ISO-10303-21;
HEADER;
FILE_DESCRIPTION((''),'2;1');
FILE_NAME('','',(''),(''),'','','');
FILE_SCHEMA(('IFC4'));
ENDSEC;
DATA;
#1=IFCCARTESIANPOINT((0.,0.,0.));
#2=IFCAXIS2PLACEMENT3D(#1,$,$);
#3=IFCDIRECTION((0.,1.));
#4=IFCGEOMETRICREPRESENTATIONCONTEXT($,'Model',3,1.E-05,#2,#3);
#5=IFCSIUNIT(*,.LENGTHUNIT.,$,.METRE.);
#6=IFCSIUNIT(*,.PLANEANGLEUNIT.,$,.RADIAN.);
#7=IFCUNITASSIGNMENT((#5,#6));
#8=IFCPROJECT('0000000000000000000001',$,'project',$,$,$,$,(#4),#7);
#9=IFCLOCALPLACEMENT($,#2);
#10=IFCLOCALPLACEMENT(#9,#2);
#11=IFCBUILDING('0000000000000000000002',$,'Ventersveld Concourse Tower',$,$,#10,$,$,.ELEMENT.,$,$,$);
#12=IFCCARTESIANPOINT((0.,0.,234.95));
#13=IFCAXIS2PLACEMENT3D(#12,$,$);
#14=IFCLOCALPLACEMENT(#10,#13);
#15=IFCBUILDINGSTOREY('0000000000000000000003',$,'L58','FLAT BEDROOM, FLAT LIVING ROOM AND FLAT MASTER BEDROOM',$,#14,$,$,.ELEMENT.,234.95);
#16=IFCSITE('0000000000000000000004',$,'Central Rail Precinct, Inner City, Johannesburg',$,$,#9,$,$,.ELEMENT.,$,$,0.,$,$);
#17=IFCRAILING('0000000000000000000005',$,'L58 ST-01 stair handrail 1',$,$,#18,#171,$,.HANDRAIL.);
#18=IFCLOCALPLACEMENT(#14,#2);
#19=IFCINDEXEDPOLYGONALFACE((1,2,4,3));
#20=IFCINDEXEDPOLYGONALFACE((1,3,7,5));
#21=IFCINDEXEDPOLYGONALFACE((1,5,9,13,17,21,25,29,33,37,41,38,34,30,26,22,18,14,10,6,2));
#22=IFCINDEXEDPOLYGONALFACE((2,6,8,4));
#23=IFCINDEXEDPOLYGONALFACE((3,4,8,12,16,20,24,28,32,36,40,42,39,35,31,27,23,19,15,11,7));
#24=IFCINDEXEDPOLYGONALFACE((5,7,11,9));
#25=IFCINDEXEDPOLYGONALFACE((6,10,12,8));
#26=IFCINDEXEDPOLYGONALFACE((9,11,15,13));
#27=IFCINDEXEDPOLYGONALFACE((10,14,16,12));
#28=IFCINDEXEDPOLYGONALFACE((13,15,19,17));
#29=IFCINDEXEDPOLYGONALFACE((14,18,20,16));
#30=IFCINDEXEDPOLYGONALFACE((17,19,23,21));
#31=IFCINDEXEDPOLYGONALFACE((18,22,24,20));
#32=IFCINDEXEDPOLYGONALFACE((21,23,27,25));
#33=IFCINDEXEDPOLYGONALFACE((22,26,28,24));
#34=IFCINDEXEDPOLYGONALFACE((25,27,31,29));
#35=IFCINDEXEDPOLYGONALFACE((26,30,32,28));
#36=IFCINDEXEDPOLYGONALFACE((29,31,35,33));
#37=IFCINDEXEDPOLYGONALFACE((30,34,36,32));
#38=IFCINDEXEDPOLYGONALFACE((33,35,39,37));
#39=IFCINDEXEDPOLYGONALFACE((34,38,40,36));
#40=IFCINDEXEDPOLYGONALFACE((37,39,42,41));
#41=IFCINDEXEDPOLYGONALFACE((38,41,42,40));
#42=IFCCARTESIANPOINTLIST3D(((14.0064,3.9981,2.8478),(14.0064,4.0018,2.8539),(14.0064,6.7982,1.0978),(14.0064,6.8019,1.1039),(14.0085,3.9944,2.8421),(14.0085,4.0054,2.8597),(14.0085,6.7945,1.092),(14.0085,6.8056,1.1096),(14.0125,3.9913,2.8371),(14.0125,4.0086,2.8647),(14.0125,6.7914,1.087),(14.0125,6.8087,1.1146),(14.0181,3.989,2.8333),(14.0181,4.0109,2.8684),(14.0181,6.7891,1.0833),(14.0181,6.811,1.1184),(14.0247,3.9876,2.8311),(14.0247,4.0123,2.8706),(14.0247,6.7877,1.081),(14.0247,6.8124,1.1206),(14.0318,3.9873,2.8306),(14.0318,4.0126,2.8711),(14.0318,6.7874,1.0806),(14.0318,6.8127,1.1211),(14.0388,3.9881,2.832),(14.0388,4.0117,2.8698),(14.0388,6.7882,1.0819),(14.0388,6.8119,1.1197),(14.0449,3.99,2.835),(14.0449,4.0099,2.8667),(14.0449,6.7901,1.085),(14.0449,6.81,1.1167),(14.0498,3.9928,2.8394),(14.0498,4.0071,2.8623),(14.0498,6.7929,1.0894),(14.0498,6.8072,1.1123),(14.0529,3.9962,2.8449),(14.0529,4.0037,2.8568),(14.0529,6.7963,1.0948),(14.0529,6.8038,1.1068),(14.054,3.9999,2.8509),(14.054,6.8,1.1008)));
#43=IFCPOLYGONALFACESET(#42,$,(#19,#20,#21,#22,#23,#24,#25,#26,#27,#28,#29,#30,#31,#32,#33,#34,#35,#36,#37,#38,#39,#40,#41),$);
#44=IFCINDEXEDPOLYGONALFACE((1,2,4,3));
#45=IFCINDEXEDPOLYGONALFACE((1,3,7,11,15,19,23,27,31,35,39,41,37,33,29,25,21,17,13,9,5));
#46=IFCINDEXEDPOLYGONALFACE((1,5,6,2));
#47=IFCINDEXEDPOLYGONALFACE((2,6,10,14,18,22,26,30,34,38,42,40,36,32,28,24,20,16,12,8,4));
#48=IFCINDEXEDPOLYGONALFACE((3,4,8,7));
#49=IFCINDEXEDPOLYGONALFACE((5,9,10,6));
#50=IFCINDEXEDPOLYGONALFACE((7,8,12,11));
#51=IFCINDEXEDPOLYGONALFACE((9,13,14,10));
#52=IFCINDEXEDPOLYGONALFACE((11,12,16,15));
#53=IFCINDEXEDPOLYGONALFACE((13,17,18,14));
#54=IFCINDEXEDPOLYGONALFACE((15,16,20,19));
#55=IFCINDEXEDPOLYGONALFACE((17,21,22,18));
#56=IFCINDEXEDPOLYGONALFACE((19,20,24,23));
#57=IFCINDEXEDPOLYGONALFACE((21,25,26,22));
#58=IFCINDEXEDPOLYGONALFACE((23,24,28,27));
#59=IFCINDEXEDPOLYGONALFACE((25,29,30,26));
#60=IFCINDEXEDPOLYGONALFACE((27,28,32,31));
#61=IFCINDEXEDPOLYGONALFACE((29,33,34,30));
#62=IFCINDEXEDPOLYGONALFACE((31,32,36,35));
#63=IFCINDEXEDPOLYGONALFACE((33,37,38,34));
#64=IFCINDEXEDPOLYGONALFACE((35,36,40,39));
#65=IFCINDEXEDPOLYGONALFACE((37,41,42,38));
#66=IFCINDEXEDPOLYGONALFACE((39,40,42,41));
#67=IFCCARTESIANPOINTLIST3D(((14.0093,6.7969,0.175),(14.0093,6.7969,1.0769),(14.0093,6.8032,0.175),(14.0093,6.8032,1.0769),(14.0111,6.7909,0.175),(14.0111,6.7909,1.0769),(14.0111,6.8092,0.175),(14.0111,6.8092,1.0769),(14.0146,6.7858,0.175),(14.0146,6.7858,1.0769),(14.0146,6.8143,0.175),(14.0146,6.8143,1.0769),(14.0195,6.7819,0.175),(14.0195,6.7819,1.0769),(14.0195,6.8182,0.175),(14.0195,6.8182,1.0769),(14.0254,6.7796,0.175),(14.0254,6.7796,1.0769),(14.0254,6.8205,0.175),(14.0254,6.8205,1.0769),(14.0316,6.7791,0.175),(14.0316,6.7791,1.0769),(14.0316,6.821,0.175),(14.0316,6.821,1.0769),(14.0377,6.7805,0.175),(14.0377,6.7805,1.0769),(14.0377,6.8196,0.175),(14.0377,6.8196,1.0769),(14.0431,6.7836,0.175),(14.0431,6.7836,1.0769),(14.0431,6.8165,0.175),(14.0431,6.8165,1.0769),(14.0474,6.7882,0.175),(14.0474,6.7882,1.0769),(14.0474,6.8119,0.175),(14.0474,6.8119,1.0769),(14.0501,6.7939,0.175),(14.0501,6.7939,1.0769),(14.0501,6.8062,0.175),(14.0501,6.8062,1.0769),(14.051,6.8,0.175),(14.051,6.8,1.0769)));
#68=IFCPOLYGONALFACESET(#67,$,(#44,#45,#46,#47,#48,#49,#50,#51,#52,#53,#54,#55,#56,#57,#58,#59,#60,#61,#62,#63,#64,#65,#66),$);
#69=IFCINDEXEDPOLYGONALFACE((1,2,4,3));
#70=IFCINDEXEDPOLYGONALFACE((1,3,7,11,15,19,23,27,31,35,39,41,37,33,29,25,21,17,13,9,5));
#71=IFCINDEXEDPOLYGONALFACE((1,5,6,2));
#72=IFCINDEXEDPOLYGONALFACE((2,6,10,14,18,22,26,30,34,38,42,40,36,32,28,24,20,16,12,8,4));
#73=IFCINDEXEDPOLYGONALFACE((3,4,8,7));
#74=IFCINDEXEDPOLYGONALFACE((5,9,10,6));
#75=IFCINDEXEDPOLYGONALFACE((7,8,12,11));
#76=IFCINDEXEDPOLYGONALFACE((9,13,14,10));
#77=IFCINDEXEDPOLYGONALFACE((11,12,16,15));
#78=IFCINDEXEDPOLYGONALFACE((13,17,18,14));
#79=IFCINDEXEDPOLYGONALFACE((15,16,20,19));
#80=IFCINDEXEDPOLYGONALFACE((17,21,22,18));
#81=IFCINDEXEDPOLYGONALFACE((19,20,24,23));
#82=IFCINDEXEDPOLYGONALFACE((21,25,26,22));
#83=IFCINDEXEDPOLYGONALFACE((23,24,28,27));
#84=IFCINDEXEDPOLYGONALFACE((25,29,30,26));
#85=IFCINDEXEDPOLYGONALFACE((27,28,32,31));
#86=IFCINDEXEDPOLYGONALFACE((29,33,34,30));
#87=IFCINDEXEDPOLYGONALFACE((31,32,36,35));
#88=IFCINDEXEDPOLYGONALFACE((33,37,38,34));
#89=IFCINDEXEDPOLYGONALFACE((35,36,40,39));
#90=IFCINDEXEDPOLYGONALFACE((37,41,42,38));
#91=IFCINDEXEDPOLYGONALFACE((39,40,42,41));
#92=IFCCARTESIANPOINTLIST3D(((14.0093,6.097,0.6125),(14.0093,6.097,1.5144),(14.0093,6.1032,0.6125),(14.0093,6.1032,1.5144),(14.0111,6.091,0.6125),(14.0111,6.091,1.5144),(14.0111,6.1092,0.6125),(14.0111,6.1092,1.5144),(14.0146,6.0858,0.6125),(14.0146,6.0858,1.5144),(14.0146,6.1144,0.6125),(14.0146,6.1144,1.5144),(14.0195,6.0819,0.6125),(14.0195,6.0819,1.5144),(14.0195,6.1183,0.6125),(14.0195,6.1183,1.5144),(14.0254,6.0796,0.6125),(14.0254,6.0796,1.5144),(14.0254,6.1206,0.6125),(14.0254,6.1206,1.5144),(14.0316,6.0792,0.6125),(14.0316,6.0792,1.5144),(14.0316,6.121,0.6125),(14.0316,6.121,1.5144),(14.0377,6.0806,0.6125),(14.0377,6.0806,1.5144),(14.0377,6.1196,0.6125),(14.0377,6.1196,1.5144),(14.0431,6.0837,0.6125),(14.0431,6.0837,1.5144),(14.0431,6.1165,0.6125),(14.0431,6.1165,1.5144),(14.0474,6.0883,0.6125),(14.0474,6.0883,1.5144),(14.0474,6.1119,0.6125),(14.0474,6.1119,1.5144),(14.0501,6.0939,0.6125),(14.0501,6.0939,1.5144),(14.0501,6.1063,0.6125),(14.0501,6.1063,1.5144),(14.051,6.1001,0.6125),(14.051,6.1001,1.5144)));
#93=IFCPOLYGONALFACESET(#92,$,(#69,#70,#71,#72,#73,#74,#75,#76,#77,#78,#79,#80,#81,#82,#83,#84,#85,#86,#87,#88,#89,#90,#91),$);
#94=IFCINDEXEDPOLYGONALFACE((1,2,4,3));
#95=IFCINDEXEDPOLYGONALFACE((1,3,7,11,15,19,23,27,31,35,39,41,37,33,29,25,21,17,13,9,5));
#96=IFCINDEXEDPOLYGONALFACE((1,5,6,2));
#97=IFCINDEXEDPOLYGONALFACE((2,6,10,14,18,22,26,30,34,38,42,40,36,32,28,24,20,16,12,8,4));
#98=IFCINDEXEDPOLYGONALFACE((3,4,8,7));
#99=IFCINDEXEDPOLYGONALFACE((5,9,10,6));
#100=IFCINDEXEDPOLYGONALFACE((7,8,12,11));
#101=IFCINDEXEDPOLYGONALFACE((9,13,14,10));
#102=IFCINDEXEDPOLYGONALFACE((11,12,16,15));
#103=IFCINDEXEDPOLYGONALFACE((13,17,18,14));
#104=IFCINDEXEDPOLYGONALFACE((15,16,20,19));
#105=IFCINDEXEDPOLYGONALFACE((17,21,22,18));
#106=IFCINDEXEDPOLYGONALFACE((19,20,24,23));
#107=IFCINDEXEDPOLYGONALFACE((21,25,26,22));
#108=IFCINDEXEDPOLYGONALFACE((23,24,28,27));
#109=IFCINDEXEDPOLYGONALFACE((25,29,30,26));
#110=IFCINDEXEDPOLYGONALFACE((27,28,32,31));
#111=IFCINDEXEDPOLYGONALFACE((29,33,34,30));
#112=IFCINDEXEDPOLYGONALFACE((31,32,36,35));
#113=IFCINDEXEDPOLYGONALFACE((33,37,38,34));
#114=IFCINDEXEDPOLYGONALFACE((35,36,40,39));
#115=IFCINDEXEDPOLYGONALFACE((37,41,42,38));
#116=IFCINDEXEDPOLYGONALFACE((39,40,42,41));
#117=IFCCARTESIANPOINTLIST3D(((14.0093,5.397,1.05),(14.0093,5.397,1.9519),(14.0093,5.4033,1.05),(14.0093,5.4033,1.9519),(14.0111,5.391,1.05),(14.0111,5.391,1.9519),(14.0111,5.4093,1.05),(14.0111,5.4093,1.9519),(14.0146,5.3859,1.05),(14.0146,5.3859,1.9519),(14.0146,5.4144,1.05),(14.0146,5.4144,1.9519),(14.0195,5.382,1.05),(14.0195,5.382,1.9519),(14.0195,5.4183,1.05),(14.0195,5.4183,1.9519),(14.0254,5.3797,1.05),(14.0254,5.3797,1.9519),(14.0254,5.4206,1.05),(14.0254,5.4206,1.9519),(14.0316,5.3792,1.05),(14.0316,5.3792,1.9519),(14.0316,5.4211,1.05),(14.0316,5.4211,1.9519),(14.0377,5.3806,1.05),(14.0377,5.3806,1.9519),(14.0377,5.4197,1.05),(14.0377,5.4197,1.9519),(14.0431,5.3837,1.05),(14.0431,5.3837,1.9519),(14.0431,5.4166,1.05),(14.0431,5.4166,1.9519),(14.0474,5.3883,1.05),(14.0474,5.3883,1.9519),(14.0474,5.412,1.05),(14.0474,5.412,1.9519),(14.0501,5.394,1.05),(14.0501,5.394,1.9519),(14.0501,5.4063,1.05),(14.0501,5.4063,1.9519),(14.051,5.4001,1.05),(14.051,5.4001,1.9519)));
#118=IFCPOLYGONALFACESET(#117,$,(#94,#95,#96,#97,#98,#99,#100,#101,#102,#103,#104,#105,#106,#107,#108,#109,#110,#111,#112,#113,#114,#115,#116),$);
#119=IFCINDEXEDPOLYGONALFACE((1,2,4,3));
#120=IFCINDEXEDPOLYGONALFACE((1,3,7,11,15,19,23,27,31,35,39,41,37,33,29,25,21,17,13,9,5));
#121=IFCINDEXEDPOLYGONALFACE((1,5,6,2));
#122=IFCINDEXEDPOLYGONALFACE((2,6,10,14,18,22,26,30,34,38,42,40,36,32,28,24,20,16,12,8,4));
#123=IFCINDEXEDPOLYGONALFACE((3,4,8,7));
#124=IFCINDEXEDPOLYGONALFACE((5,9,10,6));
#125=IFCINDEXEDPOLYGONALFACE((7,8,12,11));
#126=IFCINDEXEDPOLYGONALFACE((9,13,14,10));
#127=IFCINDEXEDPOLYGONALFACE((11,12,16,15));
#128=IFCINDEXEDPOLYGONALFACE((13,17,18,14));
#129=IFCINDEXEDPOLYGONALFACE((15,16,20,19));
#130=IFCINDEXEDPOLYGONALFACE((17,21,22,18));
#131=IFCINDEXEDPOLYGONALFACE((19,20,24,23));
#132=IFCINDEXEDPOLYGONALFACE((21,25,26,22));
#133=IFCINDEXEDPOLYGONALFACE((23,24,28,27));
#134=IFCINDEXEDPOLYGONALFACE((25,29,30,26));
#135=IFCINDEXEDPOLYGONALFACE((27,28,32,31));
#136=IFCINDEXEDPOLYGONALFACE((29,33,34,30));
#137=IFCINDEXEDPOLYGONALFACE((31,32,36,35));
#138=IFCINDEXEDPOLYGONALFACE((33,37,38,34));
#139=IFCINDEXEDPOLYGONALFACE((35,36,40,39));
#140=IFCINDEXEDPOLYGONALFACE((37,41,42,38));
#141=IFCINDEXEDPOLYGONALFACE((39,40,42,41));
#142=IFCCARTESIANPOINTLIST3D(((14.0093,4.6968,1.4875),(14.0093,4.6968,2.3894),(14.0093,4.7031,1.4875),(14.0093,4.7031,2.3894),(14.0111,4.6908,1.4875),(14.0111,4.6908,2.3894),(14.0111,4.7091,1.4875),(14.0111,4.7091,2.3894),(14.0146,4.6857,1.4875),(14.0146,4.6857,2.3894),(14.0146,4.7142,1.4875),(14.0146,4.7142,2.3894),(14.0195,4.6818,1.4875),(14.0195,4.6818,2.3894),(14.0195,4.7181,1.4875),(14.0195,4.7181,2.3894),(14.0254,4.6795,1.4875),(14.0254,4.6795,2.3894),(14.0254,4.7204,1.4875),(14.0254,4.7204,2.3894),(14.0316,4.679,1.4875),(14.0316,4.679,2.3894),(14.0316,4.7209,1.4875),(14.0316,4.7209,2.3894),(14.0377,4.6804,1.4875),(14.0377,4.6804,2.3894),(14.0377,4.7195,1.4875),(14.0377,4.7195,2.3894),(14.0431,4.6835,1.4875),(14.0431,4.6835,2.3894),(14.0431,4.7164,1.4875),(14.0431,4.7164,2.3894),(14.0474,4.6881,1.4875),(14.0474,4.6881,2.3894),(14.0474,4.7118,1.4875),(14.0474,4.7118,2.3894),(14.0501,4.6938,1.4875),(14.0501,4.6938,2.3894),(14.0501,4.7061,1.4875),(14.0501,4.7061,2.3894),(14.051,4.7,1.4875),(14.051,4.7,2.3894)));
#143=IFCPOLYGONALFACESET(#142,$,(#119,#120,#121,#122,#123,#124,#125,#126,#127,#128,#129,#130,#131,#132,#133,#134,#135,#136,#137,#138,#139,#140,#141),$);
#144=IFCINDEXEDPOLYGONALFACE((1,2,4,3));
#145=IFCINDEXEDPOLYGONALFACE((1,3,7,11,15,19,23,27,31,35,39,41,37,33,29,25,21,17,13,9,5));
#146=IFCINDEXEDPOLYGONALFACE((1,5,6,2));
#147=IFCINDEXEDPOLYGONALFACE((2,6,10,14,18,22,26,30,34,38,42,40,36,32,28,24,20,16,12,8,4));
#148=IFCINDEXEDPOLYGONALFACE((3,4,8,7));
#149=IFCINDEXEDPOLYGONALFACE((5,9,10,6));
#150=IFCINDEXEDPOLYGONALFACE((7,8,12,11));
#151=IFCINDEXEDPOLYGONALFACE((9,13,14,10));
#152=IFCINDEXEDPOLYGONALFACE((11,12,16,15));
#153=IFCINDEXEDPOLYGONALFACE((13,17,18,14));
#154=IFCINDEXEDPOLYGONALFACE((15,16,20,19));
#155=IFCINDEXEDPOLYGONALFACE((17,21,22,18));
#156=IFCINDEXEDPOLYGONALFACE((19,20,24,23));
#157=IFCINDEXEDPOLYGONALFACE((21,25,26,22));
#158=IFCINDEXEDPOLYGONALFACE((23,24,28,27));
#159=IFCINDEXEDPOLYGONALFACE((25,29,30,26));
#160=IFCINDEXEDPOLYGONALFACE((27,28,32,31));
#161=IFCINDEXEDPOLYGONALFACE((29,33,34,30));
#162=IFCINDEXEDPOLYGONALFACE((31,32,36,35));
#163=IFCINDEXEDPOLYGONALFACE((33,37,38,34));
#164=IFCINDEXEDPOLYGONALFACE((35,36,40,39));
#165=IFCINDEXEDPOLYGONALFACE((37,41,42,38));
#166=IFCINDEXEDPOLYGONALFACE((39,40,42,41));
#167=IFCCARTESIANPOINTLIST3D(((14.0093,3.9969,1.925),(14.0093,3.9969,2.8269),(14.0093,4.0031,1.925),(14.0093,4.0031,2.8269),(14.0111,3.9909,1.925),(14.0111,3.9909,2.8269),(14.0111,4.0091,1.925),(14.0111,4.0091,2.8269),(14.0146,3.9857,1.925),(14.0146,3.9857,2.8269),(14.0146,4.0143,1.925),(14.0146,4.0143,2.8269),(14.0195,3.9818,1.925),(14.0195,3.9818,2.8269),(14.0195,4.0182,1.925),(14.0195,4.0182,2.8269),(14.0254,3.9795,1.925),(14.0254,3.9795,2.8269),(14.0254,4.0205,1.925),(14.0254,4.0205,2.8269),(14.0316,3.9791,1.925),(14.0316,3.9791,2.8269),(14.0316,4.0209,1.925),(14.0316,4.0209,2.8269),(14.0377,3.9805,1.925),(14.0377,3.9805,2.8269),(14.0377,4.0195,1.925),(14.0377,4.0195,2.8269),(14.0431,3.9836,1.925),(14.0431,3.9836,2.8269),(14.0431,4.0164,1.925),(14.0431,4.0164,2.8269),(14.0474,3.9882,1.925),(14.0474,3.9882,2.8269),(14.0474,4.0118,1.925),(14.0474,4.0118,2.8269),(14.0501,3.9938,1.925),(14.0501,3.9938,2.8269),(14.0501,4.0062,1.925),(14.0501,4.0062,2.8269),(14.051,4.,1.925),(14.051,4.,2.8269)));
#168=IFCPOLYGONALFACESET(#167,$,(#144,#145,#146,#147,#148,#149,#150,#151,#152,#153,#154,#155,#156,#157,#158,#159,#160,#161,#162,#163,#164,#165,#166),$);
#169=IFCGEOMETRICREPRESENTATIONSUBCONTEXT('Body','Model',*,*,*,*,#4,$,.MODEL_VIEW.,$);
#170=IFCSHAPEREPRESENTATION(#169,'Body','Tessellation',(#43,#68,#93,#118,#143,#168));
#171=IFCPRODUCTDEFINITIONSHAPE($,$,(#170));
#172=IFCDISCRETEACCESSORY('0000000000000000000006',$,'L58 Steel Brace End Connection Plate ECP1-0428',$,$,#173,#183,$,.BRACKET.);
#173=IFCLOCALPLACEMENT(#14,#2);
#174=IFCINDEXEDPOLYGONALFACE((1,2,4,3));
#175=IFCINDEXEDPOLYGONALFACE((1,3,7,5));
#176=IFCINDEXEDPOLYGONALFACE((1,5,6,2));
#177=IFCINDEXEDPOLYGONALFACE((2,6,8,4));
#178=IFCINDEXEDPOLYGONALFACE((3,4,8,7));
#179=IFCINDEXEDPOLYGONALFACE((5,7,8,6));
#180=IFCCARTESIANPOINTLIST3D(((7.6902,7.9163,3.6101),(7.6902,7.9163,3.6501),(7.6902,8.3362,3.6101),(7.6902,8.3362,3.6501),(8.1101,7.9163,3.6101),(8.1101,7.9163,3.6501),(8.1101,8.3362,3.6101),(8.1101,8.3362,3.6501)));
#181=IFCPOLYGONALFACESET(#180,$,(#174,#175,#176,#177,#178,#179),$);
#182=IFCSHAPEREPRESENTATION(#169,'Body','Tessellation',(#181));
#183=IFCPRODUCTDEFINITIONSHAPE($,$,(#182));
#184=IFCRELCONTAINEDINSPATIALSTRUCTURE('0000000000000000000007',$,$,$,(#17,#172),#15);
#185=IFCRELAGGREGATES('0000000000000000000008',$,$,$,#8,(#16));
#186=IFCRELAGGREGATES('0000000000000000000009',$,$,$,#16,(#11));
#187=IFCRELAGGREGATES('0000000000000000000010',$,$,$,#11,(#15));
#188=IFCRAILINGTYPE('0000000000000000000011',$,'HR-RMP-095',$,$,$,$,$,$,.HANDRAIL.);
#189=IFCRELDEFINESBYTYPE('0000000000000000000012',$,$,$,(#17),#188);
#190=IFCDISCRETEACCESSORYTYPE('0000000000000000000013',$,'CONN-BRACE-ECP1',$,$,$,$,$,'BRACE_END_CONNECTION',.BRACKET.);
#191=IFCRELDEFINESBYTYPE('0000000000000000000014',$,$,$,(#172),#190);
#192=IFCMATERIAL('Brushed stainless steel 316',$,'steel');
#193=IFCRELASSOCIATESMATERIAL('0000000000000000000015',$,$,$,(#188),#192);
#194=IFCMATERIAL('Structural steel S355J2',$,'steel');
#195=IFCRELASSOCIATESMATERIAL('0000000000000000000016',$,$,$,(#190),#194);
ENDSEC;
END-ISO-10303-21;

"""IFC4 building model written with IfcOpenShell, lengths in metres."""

from ifc_helpers import new_model, si_unit, direction, frame, origin, origin_2d, place, context, subcontext, project, spatial, rectangle, circle, extrude, material, type_object, element, save


model = new_model("IFC4")

# Units and contexts
model_context = context("Model", 3, precision=1e-05, world=origin(), true_north=direction((0.0, 1.0)))
body_context = subcontext(model_context, "Body", "Model", "MODEL_VIEW")
ifc_project = project(units=[si_unit("LENGTHUNIT", "METRE"), si_unit("PLANEANGLEUNIT", "RADIAN")], contexts=[model_context])

# Site, building, storey
site_placement = place(None, origin())
site = spatial("IfcSite", under=ifc_project, at=site_placement, Name="Central Rail Precinct, Inner City, Johannesburg", CompositionType="ELEMENT", RefElevation=0.0)
building_placement = place(site_placement, origin())
building = spatial("IfcBuilding", under=site, at=building_placement, Name="Ventersveld Concourse Tower", CompositionType="ELEMENT")
storey_placement = place(building_placement, frame((0.0, 0.0, 234.95)))
storey = spatial("IfcBuildingStorey", under=building, at=storey_placement, Name="L58", Description="FLAT BEDROOM, FLAT LIVING ROOM AND FLAT MASTER BEDROOM", CompositionType="ELEMENT", Elevation=234.95)

# Shared definitions
ifc_material_1 = material(Name="Structural steel S355J2", Category="steel")

# Railing
ifc_material_2 = material(Name="Brushed stainless steel 316", Category="steel")
railing_type = type_object("IfcRailingType", Name="HR-RMP-095", PredefinedType="HANDRAIL", material=ifc_material_2)
railing_placement = place(storey_placement, frame((14.03, 6.8, 0.175)))
element("IfcRailing", 1, at=railing_placement, inside=storey, type_object=railing_type, Name="L58 ST-01 stair handrail 1", PredefinedType="HANDRAIL", context=body_context, shape_type="SweptSolid", body=[
    extrude(circle(Radius=0.0239, at=origin_2d()), frame((0.0, 0.0, 0.9258), z_axis=(0.0, -0.848002, 0.529992), x_axis=(1.0, 0.0, 0.0)), (0.0, 0.0, 1.0), 3.302),
    extrude(circle(Radius=0.021, at=origin_2d()), origin(), (0.0, 0.0, 1.0), 0.9019),
    extrude(circle(Radius=0.021, at=origin_2d()), frame((0.0, -0.7, 0.4375)), (0.0, 0.0, 1.0), 0.9019),
    extrude(circle(Radius=0.021, at=origin_2d()), frame((0.0, -1.3999, 0.875)), (0.0, 0.0, 1.0), 0.9019),
    extrude(circle(Radius=0.021, at=origin_2d()), frame((0.0, -2.1001, 1.3125)), (0.0, 0.0, 1.0), 0.9019),
    extrude(circle(Radius=0.021, at=origin_2d()), frame((0.0, -2.8, 1.75)), (0.0, 0.0, 1.0), 0.9019),
])

# Discrete accessory
discrete_accessory_type = type_object("IfcDiscreteAccessoryType", Name="CONN-BRACE-ECP1", ElementType="BRACE_END_CONNECTION", PredefinedType="BRACKET", material=ifc_material_1)
discrete_accessory_placement = place(storey_placement, frame((7.9001, 8.1262, 3.6101), z_axis=(0.0, 0.0, 1.0), x_axis=(1.0, 0.0, 0.0)))
element("IfcDiscreteAccessory", 2, at=discrete_accessory_placement, inside=storey, type_object=discrete_accessory_type, Name="L58 Steel Brace End Connection Plate ECP1-0428", PredefinedType="BRACKET", context=body_context, shape_type="SweptSolid", body=[
    extrude(rectangle(XDim=0.4199, YDim=0.4199, at=origin_2d()), origin(), (0.0, 0.0, 1.0), 0.04),
])

save(model, "model.ifc")
